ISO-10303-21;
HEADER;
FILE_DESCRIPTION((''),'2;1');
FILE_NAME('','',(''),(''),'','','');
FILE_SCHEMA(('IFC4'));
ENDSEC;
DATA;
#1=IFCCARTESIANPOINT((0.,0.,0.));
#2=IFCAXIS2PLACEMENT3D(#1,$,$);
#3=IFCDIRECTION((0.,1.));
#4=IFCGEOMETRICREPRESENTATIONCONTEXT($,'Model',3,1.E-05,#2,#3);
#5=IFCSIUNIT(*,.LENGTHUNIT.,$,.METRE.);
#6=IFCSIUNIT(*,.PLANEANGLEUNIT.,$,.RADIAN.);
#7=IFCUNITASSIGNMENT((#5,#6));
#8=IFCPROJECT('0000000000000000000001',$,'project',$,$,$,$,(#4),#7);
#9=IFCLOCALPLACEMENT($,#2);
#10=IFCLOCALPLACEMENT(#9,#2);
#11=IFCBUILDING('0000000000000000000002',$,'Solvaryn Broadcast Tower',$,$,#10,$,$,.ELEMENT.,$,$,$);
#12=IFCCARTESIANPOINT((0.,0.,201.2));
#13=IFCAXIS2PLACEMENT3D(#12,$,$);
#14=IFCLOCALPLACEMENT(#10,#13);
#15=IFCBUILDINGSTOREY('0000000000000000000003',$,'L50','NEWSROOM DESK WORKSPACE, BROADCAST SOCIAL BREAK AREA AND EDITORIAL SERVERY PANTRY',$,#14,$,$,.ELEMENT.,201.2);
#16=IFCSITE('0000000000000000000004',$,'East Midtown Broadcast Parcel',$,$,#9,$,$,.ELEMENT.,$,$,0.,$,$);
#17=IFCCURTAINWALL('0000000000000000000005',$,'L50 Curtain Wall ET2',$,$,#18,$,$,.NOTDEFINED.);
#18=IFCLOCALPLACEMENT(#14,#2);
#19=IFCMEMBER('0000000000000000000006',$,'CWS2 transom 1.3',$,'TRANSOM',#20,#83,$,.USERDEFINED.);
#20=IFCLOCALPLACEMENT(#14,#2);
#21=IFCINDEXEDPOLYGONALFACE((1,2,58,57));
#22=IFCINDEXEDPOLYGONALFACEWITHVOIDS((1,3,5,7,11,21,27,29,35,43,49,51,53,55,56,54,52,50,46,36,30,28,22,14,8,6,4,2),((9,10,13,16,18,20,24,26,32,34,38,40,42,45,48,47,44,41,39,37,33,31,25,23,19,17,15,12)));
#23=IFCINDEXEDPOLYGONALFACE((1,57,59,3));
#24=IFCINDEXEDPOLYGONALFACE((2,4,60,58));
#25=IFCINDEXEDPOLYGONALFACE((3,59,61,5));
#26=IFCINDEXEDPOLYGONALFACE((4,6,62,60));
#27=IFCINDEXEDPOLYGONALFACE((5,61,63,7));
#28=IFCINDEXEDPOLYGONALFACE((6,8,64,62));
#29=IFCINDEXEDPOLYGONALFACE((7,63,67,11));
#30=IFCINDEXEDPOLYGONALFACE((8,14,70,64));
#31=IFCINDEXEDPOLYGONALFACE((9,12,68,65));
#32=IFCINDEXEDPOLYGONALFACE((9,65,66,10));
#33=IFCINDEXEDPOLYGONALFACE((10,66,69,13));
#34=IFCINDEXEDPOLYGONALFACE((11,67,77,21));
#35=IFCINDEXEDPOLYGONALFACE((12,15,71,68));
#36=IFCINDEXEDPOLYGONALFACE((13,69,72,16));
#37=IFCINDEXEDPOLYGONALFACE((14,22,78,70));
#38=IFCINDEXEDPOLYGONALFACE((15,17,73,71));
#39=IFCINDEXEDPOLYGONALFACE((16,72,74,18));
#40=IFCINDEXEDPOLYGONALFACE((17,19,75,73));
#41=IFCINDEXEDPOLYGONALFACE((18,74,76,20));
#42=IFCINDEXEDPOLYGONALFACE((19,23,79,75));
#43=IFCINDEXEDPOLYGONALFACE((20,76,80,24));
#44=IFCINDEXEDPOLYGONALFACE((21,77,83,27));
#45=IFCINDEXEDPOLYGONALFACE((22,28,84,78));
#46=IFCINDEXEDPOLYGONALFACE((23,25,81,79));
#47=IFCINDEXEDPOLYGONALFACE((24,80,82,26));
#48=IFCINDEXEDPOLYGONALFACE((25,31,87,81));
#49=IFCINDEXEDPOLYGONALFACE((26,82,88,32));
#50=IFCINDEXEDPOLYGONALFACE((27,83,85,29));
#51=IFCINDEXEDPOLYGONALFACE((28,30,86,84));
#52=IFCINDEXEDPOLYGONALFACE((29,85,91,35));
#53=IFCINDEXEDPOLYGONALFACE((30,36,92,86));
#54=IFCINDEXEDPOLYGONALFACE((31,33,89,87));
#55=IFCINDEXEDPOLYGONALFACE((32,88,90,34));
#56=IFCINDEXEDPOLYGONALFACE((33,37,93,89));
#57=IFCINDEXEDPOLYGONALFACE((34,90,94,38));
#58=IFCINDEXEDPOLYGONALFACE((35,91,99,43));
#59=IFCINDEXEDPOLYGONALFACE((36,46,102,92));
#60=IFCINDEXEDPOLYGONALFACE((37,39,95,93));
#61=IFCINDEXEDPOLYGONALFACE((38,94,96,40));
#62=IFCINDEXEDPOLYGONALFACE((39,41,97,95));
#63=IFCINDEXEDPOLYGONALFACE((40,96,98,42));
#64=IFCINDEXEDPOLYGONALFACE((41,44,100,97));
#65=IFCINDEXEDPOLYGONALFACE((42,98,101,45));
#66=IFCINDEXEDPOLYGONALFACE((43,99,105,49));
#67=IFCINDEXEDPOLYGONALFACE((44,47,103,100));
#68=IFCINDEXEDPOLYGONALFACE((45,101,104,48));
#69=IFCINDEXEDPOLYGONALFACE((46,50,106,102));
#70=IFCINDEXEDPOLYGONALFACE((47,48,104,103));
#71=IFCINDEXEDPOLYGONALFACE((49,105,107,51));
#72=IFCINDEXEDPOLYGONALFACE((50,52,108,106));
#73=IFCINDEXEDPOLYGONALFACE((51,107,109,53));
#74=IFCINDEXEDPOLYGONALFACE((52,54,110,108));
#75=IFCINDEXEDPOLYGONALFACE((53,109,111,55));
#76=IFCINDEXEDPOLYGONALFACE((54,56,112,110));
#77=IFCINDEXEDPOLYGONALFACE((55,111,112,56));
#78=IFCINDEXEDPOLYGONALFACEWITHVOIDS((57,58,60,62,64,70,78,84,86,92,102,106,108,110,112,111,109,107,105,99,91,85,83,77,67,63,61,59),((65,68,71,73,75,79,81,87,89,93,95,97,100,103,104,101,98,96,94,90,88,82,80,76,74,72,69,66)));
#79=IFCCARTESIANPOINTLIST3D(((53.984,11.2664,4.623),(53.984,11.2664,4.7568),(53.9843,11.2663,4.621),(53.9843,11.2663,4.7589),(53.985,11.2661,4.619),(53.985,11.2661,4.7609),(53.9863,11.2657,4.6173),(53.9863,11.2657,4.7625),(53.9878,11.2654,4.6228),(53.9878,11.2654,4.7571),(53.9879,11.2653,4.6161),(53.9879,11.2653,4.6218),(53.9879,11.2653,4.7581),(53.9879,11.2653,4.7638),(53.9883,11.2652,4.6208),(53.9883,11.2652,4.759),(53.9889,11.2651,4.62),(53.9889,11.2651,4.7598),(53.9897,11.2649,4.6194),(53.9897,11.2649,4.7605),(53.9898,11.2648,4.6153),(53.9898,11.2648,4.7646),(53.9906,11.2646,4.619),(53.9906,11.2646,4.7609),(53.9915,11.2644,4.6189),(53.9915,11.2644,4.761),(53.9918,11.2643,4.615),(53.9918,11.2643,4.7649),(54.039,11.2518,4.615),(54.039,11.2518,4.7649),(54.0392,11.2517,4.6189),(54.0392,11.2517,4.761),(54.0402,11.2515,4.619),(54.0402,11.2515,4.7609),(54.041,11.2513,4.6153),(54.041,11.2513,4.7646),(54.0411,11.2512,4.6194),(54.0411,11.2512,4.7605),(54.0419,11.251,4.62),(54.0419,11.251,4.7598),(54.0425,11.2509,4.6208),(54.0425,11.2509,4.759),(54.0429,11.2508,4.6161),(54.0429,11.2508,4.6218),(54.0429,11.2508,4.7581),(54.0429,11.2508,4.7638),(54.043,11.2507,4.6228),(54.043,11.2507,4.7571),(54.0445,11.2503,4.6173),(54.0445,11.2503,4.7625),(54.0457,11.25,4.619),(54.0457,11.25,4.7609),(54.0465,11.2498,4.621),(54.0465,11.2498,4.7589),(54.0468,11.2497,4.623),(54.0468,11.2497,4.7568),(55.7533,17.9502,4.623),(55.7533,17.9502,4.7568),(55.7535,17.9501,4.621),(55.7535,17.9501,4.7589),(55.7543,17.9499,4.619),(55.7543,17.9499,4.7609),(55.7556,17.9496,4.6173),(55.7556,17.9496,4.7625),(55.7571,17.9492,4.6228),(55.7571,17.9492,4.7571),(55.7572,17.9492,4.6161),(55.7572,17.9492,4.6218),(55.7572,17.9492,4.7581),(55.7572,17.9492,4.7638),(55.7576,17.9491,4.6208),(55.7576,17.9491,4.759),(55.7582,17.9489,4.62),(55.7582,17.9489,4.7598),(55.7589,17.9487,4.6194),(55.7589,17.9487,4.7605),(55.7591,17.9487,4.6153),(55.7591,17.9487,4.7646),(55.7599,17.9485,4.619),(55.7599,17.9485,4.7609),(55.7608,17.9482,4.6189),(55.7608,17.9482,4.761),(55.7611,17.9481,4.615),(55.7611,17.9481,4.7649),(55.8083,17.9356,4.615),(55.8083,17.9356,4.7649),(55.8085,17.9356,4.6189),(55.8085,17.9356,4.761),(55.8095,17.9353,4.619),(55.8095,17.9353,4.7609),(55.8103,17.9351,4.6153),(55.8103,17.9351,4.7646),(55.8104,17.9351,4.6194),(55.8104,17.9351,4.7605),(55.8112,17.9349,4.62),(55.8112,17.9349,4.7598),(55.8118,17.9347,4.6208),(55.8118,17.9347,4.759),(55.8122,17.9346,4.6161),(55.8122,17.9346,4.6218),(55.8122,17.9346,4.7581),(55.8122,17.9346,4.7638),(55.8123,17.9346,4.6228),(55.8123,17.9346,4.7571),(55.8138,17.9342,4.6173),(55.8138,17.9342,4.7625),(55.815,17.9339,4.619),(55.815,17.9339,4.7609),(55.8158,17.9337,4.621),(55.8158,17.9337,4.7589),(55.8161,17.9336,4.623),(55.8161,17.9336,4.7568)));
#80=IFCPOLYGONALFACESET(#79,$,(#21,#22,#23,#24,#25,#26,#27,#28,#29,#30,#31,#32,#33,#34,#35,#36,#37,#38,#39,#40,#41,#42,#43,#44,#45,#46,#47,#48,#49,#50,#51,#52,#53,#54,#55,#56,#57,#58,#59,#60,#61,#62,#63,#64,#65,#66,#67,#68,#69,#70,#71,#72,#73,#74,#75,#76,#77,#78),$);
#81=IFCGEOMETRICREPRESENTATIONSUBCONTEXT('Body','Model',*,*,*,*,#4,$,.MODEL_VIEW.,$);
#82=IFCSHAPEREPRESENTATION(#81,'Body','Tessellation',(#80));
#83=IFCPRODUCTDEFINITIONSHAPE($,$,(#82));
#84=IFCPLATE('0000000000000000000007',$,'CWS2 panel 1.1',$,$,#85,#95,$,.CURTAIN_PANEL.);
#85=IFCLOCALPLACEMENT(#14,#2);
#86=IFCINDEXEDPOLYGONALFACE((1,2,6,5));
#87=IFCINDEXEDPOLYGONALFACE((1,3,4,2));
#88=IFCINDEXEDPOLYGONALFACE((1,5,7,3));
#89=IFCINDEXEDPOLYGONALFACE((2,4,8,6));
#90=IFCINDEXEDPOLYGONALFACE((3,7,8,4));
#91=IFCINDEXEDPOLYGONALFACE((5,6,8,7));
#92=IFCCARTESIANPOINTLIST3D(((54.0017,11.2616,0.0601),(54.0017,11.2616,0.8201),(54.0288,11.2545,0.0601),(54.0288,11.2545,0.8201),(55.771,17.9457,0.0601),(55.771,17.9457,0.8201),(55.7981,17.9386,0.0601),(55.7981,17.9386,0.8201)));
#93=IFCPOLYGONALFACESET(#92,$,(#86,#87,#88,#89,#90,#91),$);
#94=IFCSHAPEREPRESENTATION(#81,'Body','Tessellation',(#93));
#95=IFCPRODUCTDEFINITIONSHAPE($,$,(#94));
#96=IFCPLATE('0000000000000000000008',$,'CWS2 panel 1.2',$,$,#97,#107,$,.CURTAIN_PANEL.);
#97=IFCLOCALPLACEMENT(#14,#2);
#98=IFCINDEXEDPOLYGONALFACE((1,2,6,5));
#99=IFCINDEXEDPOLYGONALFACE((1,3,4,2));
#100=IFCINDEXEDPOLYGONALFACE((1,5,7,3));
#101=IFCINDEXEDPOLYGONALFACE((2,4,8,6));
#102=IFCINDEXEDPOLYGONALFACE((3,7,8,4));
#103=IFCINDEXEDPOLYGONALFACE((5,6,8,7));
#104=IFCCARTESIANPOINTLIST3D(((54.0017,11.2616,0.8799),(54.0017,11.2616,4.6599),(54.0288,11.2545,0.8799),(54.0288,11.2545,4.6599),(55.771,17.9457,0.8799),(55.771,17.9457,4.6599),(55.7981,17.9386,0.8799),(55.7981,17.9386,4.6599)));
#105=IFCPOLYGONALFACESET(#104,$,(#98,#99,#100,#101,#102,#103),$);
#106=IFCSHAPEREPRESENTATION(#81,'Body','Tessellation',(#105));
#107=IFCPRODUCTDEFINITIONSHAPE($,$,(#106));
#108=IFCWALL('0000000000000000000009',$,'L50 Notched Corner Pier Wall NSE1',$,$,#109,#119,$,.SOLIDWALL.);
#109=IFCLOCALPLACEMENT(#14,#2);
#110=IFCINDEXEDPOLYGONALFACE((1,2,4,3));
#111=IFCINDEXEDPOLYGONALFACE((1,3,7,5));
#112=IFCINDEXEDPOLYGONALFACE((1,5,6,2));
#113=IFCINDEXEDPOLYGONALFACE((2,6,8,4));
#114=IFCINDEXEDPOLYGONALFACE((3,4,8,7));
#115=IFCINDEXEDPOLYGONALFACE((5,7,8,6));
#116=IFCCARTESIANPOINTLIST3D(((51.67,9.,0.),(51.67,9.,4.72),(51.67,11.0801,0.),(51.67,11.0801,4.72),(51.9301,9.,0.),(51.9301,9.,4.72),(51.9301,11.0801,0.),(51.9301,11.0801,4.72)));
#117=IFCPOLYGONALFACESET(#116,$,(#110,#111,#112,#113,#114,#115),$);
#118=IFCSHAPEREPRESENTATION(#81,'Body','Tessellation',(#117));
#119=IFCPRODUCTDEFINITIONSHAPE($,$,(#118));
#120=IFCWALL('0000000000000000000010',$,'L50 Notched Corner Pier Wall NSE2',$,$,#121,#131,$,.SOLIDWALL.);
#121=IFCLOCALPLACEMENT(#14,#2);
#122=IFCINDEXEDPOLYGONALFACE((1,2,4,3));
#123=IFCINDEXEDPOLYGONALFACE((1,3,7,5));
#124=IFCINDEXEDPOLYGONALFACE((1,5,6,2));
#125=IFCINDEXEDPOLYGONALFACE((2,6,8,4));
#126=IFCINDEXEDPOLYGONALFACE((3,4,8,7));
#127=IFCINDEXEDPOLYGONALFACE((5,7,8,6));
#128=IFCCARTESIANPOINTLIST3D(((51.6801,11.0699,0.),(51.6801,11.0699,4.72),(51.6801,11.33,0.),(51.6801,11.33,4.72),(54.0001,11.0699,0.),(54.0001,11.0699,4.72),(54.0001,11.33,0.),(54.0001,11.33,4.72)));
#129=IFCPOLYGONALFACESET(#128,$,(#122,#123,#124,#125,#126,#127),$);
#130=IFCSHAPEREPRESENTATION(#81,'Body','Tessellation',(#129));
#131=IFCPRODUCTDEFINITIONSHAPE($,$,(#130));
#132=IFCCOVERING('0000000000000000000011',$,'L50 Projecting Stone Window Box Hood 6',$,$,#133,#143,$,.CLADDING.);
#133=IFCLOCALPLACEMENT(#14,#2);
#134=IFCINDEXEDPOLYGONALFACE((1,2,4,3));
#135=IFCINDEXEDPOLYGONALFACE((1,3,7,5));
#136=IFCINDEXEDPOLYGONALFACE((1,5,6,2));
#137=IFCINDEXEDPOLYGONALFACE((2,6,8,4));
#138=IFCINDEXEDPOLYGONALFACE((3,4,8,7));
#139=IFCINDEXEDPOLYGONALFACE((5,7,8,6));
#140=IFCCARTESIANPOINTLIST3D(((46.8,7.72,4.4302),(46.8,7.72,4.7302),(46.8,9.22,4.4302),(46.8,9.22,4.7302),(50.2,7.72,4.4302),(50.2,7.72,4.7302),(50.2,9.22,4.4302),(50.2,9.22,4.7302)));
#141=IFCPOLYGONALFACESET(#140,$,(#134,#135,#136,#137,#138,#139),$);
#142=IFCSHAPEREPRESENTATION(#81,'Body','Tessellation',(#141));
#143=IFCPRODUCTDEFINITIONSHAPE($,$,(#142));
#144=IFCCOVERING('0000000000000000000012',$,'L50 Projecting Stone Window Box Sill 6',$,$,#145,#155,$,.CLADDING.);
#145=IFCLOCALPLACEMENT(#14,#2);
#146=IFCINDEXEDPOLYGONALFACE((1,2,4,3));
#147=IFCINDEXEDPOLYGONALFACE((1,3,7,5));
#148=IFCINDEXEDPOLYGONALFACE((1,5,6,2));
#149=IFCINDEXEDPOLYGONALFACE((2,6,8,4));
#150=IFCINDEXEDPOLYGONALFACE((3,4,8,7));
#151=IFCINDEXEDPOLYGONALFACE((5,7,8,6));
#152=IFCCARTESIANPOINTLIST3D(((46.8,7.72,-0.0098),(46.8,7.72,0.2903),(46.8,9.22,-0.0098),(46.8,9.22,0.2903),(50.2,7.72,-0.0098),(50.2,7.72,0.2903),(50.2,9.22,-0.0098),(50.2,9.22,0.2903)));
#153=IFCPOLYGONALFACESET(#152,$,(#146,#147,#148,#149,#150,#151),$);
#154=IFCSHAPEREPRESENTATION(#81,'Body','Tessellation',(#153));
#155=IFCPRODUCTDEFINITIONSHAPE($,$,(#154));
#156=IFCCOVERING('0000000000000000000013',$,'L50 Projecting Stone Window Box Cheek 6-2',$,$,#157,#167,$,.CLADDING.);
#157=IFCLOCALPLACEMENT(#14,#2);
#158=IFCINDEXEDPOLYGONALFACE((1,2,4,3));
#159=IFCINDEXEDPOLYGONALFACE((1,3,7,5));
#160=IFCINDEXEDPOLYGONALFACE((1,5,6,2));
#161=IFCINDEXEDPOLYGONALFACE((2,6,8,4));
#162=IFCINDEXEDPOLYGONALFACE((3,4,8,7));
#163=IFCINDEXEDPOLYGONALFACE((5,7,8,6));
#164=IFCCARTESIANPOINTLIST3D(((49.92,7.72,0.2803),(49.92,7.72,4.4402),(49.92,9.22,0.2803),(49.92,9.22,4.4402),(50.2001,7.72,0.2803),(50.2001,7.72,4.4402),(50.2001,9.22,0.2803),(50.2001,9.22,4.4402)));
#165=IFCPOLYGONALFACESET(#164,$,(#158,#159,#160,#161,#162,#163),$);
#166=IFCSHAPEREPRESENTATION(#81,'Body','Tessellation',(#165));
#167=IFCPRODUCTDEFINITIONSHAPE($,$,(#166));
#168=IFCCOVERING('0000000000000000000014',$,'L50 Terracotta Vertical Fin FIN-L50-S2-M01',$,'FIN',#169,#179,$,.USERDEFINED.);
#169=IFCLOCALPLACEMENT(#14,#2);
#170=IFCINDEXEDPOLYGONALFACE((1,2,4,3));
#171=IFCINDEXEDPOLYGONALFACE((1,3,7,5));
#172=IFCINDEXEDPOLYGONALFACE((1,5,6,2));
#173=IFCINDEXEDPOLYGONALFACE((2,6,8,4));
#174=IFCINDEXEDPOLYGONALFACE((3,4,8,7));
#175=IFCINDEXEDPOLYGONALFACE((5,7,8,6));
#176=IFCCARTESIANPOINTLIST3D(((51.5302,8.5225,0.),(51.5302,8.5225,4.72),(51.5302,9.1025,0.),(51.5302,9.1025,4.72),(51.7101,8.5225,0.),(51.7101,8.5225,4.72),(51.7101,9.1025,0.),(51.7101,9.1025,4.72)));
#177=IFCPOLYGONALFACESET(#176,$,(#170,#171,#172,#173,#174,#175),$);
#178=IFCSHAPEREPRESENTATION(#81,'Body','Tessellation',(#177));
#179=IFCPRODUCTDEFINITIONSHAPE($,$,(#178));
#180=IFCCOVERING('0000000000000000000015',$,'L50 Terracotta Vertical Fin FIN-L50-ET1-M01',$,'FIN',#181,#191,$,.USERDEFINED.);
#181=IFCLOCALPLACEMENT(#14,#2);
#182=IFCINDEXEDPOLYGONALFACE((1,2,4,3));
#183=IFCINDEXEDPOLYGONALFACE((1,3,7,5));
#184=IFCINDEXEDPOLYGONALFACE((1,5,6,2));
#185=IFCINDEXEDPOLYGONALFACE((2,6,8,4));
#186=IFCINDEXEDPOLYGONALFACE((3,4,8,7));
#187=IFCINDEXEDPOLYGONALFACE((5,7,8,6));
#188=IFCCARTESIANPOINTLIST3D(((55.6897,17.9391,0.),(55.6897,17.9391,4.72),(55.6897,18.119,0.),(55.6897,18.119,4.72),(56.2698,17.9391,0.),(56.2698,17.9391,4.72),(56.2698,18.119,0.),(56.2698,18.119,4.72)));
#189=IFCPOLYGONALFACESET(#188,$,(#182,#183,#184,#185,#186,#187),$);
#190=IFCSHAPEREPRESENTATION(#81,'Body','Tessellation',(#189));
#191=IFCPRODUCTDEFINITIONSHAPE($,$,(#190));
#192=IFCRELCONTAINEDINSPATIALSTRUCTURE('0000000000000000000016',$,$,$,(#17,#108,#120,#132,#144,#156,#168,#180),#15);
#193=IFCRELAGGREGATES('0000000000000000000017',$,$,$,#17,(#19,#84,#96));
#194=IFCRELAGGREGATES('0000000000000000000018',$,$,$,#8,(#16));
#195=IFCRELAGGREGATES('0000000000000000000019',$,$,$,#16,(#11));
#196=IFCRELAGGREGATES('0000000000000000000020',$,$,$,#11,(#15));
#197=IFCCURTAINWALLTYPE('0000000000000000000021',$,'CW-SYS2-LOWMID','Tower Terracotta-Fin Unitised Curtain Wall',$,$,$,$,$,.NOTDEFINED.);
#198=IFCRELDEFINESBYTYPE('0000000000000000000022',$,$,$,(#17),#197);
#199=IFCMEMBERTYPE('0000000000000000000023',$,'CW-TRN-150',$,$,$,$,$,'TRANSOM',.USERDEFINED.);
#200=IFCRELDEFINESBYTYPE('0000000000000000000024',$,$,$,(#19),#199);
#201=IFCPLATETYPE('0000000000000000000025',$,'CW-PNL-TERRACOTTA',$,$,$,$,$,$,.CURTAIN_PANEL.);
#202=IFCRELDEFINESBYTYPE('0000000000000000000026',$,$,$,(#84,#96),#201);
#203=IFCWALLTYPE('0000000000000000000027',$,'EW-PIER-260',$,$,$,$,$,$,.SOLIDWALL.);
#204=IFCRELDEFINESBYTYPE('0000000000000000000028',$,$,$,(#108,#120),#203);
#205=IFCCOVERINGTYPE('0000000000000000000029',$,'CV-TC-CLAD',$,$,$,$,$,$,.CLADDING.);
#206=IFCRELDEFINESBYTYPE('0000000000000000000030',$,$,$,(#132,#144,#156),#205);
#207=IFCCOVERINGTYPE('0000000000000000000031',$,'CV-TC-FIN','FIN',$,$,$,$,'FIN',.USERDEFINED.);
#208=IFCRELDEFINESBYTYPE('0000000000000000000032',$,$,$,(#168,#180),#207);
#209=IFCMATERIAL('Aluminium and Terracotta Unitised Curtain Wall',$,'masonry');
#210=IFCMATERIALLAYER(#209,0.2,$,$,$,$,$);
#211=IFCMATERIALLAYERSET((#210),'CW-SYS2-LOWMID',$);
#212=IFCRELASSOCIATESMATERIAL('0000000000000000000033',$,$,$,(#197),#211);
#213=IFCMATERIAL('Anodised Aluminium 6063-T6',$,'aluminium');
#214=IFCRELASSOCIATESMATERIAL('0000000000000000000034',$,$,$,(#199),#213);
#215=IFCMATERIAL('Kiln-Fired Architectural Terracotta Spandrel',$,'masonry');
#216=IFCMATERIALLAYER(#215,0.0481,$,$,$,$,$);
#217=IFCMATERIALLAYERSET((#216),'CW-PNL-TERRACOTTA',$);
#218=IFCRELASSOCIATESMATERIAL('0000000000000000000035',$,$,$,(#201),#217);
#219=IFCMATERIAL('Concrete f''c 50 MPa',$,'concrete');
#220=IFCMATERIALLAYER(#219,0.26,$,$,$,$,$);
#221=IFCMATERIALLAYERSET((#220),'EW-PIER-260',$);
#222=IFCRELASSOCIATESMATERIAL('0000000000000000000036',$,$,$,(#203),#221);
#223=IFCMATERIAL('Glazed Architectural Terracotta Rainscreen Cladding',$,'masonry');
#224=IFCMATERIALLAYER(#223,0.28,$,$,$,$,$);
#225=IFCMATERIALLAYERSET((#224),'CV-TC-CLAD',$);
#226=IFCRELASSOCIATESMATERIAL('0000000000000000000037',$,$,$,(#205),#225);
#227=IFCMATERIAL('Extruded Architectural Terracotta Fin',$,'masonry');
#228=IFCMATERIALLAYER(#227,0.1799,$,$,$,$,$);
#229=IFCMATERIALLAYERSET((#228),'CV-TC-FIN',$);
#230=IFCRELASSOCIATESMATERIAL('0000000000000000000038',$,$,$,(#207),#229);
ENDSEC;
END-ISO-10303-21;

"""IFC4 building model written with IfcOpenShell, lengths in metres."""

from ifc_helpers import new_model, si_unit, direction, frame, frame_2d, origin, origin_2d, place, context, subcontext, project, spatial, rectangle, hollow_rectangle, extrude, material, layer, layer_set, material_profile, profile_set, type_object, element, aggregate, save


model = new_model("IFC4")

# Units and contexts
model_context = context("Model", 3, precision=1e-05, world=origin(), true_north=direction((0.0, 1.0)))
body_context = subcontext(model_context, "Body", "Model", "MODEL_VIEW")
ifc_project = project(units=[si_unit("LENGTHUNIT", "METRE"), si_unit("PLANEANGLEUNIT", "RADIAN")], contexts=[model_context])

# Site, building, storey
site_placement = place(None, origin())
site = spatial("IfcSite", under=ifc_project, at=site_placement, Name="East Midtown Broadcast Parcel", CompositionType="ELEMENT", RefElevation=0.0)
building_placement = place(site_placement, origin())
building = spatial("IfcBuilding", under=site, at=building_placement, Name="Solvaryn Broadcast Tower", CompositionType="ELEMENT")
storey_placement = place(building_placement, frame((0.0, 0.0, 201.2)))
storey = spatial("IfcBuildingStorey", under=building, at=storey_placement, Name="L50", Description="NEWSROOM DESK WORKSPACE, BROADCAST SOCIAL BREAK AREA AND EDITORIAL SERVERY PANTRY", CompositionType="ELEMENT", Elevation=201.2)

# Shared definitions
ifc_material_1 = material(Name="Aluminium and Terracotta Unitised Curtain Wall", Category="masonry")
ifc_layer_1 = layer(ifc_material_1, 0.2)
ifc_layer_set_1 = layer_set([ifc_layer_1], Name="CW-SYS2-LOWMID")
curtain_wall_type = type_object("IfcCurtainWallType", Name="CW-SYS2-LOWMID", Description="Tower Terracotta-Fin Unitised Curtain Wall", PredefinedType="NOTDEFINED", material=ifc_layer_set_1)

# Curtain wall, member, plates
curtain_wall_1_placement = place(storey_placement, origin())
curtain_wall_1 = element("IfcCurtainWall", 1, at=curtain_wall_1_placement, inside=storey, type_object=curtain_wall_type, Name="L50 Curtain Wall ET2", PredefinedType="NOTDEFINED")
ifc_material_2 = material(Name="Anodised Aluminium 6063-T6", Category="aluminium")
ifc_material_profile_1 = material_profile(ifc_material_2, hollow_rectangle(XDim=0.0649, YDim=0.1499, WallThickness=0.0039, InnerFilletRadius=0.0039, OuterFilletRadius=0.0081, at=origin_2d()))
ifc_profile_set_1 = profile_set([ifc_material_profile_1], Name="Anodised Aluminium 6063-T6")
member_type_1 = type_object("IfcMemberType", Name="CW-TRN-150", ElementType="TRANSOM", PredefinedType="USERDEFINED", material=ifc_profile_set_1)
member_1_placement = place(storey_placement, frame((55.7847, 17.9419, 4.6899), z_axis=(-0.255897, -0.966704, 0.0), x_axis=(0.966704, -0.255897, 0.0)))
member_1 = element("IfcMember", 2, at=member_1_placement, type_object=member_type_1, Name="CWS2 transom 1.3", ObjectType="TRANSOM", PredefinedType="USERDEFINED", context=body_context, shape_type="SweptSolid", body=[
    extrude(hollow_rectangle(XDim=0.0649, YDim=0.1499, WallThickness=0.0039, InnerFilletRadius=0.0039, OuterFilletRadius=0.0081, at=origin_2d()), origin(), (0.0, 0.0, 1.0), 6.9141),
])
ifc_material_3 = material(Name="Kiln-Fired Architectural Terracotta Spandrel", Category="masonry")
ifc_layer_2 = layer(ifc_material_3, 0.0481)
ifc_layer_set_2 = layer_set([ifc_layer_2], Name="CW-PNL-TERRACOTTA")
plate_type = type_object("IfcPlateType", Name="CW-PNL-TERRACOTTA", PredefinedType="CURTAIN_PANEL", material=ifc_layer_set_2)
plate_1_placement = place(storey_placement, frame((54.8999, 14.6001, 0.0601), z_axis=(0.0, 0.0, 1.0), x_axis=(-0.255893, -0.966705, 0.0)))
plate_1 = element("IfcPlate", 3, at=plate_1_placement, type_object=plate_type, Name="CWS2 panel 1.1", PredefinedType="CURTAIN_PANEL", context=body_context, shape_type="SweptSolid", body=[
    extrude(rectangle(XDim=6.9143, YDim=0.0281, at=origin_2d()), origin(), (0.0, 0.0, 1.0), 0.76),
])
plate_2_placement = place(storey_placement, frame((54.8999, 14.6001, 0.8799), z_axis=(0.0, 0.0, 1.0), x_axis=(-0.255893, -0.966705, 0.0)))
plate_2 = element("IfcPlate", 4, at=plate_2_placement, type_object=plate_type, Name="CWS2 panel 1.2", PredefinedType="CURTAIN_PANEL", context=body_context, shape_type="SweptSolid", body=[
    extrude(rectangle(XDim=6.9143, YDim=0.0281, at=origin_2d()), origin(), (0.0, 0.0, 1.0), 3.78),
])
aggregate(curtain_wall_1, [member_1, plate_1, plate_2])

# Walls
ifc_material_4 = material(Name="Concrete f'c 50 MPa", Category="concrete")
ifc_layer_3 = layer(ifc_material_4, 0.26)
ifc_layer_set_3 = layer_set([ifc_layer_3], Name="EW-PIER-260")
wall_type = type_object("IfcWallType", Name="EW-PIER-260", PredefinedType="SOLIDWALL", material=ifc_layer_set_3)
wall_1_placement = place(storey_placement, frame((51.8, 9.0, 0.0), z_axis=(0.0, 0.0, 1.0), x_axis=(0.0, 1.0, 0.0)))
element("IfcWall", 5, at=wall_1_placement, inside=storey, type_object=wall_type, Name="L50 Notched Corner Pier Wall NSE1", PredefinedType="SOLIDWALL", context=body_context, shape_type="SweptSolid", body=[
    extrude(rectangle(XDim=2.0801, YDim=0.26, at=frame_2d((1.04, 0.0))), origin(), (0.0, 0.0, 1.0), 4.72),
])
wall_2_placement = place(storey_placement, frame((51.6799, 11.2, 0.0), z_axis=(0.0, 0.0, 1.0), x_axis=(1.0, 0.0, 0.0)))
element("IfcWall", 6, at=wall_2_placement, inside=storey, type_object=wall_type, Name="L50 Notched Corner Pier Wall NSE2", PredefinedType="SOLIDWALL", context=body_context, shape_type="SweptSolid", body=[
    extrude(rectangle(XDim=2.3201, YDim=0.26, at=frame_2d((1.1602, 0.0))), origin(), (0.0, 0.0, 1.0), 4.72),
])

# Coverings
ifc_material_5 = material(Name="Glazed Architectural Terracotta Rainscreen Cladding", Category="masonry")
ifc_layer_4 = layer(ifc_material_5, 0.28)
ifc_layer_set_4 = layer_set([ifc_layer_4], Name="CV-TC-CLAD")
covering_type_1 = type_object("IfcCoveringType", Name="CV-TC-CLAD", PredefinedType="CLADDING", material=ifc_layer_set_4)
for number, where, z_axis, x_axis, name in (
    (7, (48.5, 8.47, 4.4302), (0.0, 0.0, 1.0), (1.0, 0.0, 0.0), "L50 Projecting Stone Window Box Hood 6"),
    (8, (48.5, 8.47, -0.0098), (0.0, 0.0, 1.0), (1.0, 0.0, 0.0), "L50 Projecting Stone Window Box Sill 6"),
):
    element("IfcCovering", number, at=place(storey_placement, frame(where, z_axis=z_axis, x_axis=x_axis)), inside=storey, type_object=covering_type_1, Name=name, PredefinedType="CLADDING", context=body_context, shape_type="SweptSolid", body=[
        extrude(rectangle(XDim=3.3999, YDim=1.5, at=origin_2d()), origin(), (0.0, 0.0, 1.0), 0.3),
    ])
covering_1_placement = place(storey_placement, frame((50.0601, 8.47, 0.2803), z_axis=(0.0, 0.0, 1.0), x_axis=(1.0, 0.0, 0.0)))
element("IfcCovering", 9, at=covering_1_placement, inside=storey, type_object=covering_type_1, Name="L50 Projecting Stone Window Box Cheek 6-2", PredefinedType="CLADDING", context=body_context, shape_type="SweptSolid", body=[
    extrude(rectangle(XDim=0.28, YDim=1.5, at=origin_2d()), origin(), (0.0, 0.0, 1.0), 4.1599),
])
ifc_material_6 = material(Name="Extruded Architectural Terracotta Fin", Category="masonry")
ifc_layer_5 = layer(ifc_material_6, 0.1799)
ifc_layer_set_5 = layer_set([ifc_layer_5], Name="CV-TC-FIN")
covering_type_2 = type_object("IfcCoveringType", Name="CV-TC-FIN", Description="FIN", ElementType="FIN", PredefinedType="USERDEFINED", material=ifc_layer_set_5)
covering_2_placement = place(storey_placement, frame((51.6201, 8.8125, 0.0), z_axis=(0.0, 0.0, 1.0), x_axis=(1.0, 0.0, 0.0)))
element("IfcCovering", 10, at=covering_2_placement, inside=storey, type_object=covering_type_2, Name="L50 Terracotta Vertical Fin FIN-L50-S2-M01", ObjectType="FIN", PredefinedType="USERDEFINED", context=body_context, shape_type="SweptSolid", body=[
    extrude(rectangle(XDim=0.1799, YDim=0.5801, at=origin_2d()), origin(), (0.0, 0.0, 1.0), 4.72),
])
for number, where, z_axis, x_axis, name in (
    (11, (55.9797, 18.0291, 0.0), (0.0, 0.0, 1.0), (1.0, 0.0, 0.0), "L50 Terracotta Vertical Fin FIN-L50-ET1-M01"),
):
    element("IfcCovering", number, at=place(storey_placement, frame(where, z_axis=z_axis, x_axis=x_axis)), inside=storey, type_object=covering_type_2, Name=name, ObjectType="FIN", PredefinedType="USERDEFINED", context=body_context, shape_type="SweptSolid", body=[
        extrude(rectangle(XDim=0.5801, YDim=0.1799, at=origin_2d()), origin(), (0.0, 0.0, 1.0), 4.72),
    ])

save(model, "model.ifc")
